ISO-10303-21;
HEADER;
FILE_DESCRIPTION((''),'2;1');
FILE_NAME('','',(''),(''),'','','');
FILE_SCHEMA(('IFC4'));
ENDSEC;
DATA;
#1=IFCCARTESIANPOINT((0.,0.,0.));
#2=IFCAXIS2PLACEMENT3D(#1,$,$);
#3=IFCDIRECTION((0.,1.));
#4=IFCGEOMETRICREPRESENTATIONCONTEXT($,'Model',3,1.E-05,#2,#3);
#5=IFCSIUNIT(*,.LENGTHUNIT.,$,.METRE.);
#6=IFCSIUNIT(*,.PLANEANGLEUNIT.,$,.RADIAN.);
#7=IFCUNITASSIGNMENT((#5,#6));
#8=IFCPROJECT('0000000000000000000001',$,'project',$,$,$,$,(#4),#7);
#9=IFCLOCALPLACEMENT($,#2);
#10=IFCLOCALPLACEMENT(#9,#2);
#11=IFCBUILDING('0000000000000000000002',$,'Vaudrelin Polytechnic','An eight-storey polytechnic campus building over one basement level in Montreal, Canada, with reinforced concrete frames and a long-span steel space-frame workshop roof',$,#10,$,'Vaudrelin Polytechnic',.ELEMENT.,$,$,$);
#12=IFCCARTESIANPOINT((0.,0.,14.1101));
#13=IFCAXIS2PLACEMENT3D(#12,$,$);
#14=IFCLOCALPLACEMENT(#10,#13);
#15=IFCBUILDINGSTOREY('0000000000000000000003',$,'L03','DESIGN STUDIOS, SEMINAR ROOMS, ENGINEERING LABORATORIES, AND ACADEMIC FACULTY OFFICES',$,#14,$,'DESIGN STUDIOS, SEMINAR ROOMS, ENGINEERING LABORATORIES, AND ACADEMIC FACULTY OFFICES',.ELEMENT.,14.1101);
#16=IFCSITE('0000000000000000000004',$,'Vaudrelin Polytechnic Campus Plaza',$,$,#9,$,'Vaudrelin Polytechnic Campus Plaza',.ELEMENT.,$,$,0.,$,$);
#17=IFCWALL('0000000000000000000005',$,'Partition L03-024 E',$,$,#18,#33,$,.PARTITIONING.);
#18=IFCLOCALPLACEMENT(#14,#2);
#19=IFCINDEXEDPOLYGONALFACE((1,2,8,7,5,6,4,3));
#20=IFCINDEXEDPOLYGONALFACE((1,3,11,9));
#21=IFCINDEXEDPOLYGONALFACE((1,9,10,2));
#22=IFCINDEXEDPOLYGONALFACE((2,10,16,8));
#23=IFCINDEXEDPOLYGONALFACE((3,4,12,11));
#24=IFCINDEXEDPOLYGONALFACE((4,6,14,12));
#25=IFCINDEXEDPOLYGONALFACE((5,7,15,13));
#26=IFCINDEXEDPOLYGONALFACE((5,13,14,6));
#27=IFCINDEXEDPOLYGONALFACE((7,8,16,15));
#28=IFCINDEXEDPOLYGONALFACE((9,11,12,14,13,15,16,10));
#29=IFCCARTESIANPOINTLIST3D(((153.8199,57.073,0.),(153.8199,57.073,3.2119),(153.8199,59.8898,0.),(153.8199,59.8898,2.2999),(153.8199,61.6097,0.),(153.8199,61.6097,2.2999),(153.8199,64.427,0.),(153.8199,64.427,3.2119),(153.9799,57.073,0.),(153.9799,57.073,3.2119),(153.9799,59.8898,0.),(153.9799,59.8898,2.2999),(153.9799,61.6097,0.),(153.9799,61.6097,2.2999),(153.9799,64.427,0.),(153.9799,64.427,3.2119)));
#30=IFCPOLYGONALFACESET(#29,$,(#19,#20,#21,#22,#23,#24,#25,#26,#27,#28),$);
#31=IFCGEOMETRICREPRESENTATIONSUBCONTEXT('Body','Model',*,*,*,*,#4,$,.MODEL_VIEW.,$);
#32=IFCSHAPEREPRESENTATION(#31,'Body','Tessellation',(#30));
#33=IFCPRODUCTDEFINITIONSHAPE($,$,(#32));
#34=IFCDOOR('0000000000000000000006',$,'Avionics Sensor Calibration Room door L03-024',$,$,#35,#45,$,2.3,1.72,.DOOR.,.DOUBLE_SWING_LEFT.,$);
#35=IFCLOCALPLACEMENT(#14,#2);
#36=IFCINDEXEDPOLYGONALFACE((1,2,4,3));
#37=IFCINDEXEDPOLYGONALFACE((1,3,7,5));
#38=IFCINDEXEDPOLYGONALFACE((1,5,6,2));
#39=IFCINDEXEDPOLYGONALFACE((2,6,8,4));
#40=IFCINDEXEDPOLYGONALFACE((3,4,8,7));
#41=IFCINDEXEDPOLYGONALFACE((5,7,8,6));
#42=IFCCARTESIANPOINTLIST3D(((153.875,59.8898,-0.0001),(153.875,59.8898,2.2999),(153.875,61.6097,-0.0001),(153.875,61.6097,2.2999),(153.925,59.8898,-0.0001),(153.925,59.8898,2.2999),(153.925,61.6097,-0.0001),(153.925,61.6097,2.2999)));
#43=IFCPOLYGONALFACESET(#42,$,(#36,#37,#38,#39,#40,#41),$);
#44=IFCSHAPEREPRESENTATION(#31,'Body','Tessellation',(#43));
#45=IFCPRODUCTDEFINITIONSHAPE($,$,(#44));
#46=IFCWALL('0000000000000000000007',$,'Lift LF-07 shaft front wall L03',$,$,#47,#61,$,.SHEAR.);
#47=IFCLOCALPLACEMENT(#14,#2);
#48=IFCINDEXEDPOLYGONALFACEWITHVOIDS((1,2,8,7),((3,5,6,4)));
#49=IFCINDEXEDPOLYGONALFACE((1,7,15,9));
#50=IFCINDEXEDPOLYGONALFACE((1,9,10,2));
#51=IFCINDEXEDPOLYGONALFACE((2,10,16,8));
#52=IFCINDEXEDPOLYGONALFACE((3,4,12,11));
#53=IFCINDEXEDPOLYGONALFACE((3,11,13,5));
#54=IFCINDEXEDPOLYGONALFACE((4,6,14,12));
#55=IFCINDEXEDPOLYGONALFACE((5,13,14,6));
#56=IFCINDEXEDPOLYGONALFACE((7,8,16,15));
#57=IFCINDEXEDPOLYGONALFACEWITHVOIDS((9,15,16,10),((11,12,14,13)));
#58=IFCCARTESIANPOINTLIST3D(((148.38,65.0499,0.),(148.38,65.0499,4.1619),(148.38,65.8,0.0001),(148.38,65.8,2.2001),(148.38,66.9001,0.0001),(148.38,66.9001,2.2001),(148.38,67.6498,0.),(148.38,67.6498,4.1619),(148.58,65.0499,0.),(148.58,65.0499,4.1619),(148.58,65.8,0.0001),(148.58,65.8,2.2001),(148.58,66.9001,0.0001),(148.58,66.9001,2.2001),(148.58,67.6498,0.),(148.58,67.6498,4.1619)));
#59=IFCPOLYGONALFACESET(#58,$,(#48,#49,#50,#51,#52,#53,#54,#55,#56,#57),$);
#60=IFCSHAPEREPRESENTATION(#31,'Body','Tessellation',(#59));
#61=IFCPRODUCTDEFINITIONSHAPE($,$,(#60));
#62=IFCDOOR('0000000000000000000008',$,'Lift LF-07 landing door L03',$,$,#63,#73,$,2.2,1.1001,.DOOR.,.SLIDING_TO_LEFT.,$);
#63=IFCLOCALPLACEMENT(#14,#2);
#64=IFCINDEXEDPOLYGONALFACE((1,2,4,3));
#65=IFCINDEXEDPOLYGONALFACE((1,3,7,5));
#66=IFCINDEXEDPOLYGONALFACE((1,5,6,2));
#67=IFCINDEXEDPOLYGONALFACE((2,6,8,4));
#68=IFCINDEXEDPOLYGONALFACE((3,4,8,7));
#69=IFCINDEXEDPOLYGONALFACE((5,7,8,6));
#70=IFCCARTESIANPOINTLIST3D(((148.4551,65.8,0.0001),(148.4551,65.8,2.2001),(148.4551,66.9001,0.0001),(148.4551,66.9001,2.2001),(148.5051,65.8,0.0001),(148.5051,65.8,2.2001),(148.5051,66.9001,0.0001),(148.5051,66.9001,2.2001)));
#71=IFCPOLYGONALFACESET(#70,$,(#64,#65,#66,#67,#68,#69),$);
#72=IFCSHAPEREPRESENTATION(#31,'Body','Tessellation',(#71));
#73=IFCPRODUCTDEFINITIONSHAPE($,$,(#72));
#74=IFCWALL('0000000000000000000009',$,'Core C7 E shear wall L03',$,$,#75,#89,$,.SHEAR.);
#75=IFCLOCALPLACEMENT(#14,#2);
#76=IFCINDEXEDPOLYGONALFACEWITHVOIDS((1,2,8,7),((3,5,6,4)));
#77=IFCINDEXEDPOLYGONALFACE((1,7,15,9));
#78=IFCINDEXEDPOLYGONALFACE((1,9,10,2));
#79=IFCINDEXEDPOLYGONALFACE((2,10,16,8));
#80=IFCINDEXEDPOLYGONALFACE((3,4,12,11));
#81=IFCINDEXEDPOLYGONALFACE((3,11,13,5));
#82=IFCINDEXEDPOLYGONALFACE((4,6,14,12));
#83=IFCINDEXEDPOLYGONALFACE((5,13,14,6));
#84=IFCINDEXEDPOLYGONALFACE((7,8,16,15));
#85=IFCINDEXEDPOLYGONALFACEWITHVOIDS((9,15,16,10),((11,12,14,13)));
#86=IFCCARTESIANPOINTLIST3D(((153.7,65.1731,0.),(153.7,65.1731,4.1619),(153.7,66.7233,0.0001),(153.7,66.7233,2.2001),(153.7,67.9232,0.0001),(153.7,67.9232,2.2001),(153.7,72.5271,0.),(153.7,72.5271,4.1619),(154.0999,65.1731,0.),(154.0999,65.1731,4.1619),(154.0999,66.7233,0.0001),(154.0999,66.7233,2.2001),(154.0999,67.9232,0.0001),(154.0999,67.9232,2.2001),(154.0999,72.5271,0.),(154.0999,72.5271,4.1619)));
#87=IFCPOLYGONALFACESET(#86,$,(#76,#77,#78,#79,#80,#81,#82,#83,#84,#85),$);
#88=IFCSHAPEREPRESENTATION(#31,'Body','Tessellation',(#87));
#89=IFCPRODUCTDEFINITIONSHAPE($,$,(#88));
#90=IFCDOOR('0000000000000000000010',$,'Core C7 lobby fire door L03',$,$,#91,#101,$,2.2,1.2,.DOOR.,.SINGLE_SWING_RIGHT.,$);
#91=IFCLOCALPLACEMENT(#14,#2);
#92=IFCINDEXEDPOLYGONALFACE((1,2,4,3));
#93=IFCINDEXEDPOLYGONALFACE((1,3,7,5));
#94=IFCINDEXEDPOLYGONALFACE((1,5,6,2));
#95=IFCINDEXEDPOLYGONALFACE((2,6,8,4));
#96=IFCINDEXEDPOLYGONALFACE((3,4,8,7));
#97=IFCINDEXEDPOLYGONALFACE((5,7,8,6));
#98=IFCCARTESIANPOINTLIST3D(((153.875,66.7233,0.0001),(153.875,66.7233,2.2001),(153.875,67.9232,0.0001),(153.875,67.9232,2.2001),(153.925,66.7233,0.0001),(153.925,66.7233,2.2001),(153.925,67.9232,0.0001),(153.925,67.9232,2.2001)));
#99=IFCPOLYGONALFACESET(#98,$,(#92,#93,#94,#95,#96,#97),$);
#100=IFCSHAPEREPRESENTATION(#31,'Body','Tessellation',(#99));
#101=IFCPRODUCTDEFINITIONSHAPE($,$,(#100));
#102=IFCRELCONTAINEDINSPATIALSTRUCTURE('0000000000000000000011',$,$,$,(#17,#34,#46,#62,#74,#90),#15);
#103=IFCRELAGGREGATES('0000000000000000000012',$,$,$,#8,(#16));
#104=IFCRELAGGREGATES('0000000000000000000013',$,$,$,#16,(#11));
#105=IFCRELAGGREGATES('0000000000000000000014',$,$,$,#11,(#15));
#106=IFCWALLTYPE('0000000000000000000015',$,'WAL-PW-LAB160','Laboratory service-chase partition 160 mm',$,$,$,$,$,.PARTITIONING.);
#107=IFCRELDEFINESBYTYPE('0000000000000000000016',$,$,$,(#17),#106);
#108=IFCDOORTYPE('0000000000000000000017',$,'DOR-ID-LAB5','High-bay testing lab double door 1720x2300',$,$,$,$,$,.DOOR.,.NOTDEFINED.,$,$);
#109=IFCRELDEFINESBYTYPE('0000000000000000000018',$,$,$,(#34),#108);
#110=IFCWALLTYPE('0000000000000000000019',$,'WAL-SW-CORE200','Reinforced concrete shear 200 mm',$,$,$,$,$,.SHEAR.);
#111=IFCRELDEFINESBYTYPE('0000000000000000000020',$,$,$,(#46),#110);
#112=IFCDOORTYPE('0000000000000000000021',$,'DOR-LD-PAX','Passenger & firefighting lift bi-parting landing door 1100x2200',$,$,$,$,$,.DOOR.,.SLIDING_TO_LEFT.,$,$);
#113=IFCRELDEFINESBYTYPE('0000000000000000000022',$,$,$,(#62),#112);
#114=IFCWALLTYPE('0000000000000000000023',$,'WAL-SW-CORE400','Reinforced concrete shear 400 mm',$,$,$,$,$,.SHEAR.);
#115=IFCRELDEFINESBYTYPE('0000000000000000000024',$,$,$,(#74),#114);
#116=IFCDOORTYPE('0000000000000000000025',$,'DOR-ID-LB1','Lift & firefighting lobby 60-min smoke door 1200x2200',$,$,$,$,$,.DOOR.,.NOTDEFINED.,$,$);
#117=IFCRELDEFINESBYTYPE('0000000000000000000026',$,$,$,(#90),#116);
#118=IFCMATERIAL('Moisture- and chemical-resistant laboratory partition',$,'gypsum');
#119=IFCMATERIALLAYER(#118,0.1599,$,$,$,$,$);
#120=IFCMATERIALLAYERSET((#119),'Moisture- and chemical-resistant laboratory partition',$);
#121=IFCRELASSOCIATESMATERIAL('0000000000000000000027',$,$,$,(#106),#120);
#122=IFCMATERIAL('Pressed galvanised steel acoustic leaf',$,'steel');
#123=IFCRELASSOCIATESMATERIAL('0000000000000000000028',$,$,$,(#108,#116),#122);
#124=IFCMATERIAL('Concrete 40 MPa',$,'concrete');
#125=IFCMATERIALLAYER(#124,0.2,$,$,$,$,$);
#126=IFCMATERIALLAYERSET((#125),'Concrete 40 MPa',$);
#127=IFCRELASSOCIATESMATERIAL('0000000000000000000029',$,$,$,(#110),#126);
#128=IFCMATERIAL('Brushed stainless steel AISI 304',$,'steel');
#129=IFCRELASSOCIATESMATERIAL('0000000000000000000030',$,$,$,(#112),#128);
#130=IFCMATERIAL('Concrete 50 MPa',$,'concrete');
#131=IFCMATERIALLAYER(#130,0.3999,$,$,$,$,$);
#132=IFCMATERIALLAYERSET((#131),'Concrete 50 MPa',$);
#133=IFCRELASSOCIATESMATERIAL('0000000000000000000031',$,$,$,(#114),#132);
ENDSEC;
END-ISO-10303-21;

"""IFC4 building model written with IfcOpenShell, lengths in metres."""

from ifc_helpers import new_model, si_unit, direction, frame, frame_2d, origin, place, context, subcontext, project, spatial, rectangle, extrude, material, layer, layer_set, type_object, element, fill, save


model = new_model("IFC4")

# Units and contexts
model_context = context("Model", 3, precision=1e-05, world=origin(), true_north=direction((0.0, 1.0)))
body_context = subcontext(model_context, "Body", "Model", "MODEL_VIEW")
ifc_project = project(units=[si_unit("LENGTHUNIT", "METRE"), si_unit("PLANEANGLEUNIT", "RADIAN")], contexts=[model_context])

# Site, building, storey
site_placement = place(None, origin())
site = spatial("IfcSite", under=ifc_project, at=site_placement, Name="Vaudrelin Polytechnic Campus Plaza", LongName="Vaudrelin Polytechnic Campus Plaza", CompositionType="ELEMENT", RefElevation=0.0)
building_placement = place(site_placement, origin())
building = spatial("IfcBuilding", under=site, at=building_placement, Name="Vaudrelin Polytechnic", Description="An eight-storey polytechnic campus building over one basement level in Montreal, Canada, with reinforced concrete frames and a long-span steel space-frame workshop roof", LongName="Vaudrelin Polytechnic", CompositionType="ELEMENT")
storey_placement = place(building_placement, frame((0.0, 0.0, 14.1101)))
storey = spatial("IfcBuildingStorey", under=building, at=storey_placement, Name="L03", Description="DESIGN STUDIOS, SEMINAR ROOMS, ENGINEERING LABORATORIES, AND ACADEMIC FACULTY OFFICES", LongName="DESIGN STUDIOS, SEMINAR ROOMS, ENGINEERING LABORATORIES, AND ACADEMIC FACULTY OFFICES", CompositionType="ELEMENT", Elevation=14.1101)

# Shared definitions
ifc_material_1 = material(Name="Concrete 50 MPa", Category="concrete")

# Shared definitions
ifc_material_2 = material(Name="Concrete 40 MPa", Category="concrete")

# Walls, openings, doors
ifc_material_3 = material(Name="Moisture- and chemical-resistant laboratory partition", Category="gypsum")
ifc_layer_1 = layer(ifc_material_3, 0.1599)
ifc_layer_set_1 = layer_set([ifc_layer_1], Name="Moisture- and chemical-resistant laboratory partition")
wall_type_1 = type_object("IfcWallType", Name="WAL-PW-LAB160", Description="Laboratory service-chase partition 160 mm", PredefinedType="PARTITIONING", material=ifc_layer_set_1)
wall_1_placement = place(storey_placement, frame((153.8999, 57.073, 0.0), z_axis=(0.0, 0.0, 1.0), x_axis=(0.0, 1.0, 0.0)))
wall_1 = element("IfcWall", 1, at=wall_1_placement, inside=storey, type_object=wall_type_1, Name="Partition L03-024 E", PredefinedType="PARTITIONING", context=body_context, shape_type="SweptSolid", body=[
    extrude(rectangle(XDim=7.354, YDim=0.1599, at=frame_2d((3.677, 0.0))), origin(), (0.0, 0.0, 1.0), 3.2119),
])
opening_1_placement = place(wall_1_placement, frame((2.8169, 0.0, 0.0)))
opening_1 = element("IfcOpeningElement", 2, at=opening_1_placement, cuts=wall_1, PredefinedType="OPENING", context=body_context, shape_type="SweptSolid", body=[
    extrude(rectangle(XDim=1.72, YDim=2.3, at=frame_2d((0.8599, 1.1499))), frame((0.0, 0.0898, 0.0), z_axis=(0.0, -1.0, 0.0), x_axis=(1.0, 0.0, 0.0)), (0.0, 0.0, 1.0), 0.1799),
])
ifc_material_4 = material(Name="Pressed galvanised steel acoustic leaf", Category="steel")
door_type_1 = type_object("IfcDoorType", Name="DOR-ID-LAB5", Description="High-bay testing lab double door 1720x2300", OperationType="NOTDEFINED", PredefinedType="DOOR", material=ifc_material_4)
door_1_placement = place(opening_1_placement, origin())
door_1 = element("IfcDoor", 3, at=door_1_placement, inside=storey, type_object=door_type_1, Name="Avionics Sensor Calibration Room door L03-024", OperationType="DOUBLE_SWING_LEFT", OverallHeight=2.3, OverallWidth=1.72, PredefinedType="DOOR", context=body_context, shape_type="SweptSolid", body=[
    extrude(rectangle(XDim=1.72, YDim=2.3, at=frame_2d((0.8599, 1.1499))), frame((0.0, 0.0249, 0.0), z_axis=(0.0, -1.0, 0.0), x_axis=(1.0, 0.0, 0.0)), (0.0, 0.0, 1.0), 0.05),
])
fill(opening_1, door_1)
ifc_layer_2 = layer(ifc_material_2, 0.2)
ifc_layer_set_2 = layer_set([ifc_layer_2], Name="Concrete 40 MPa")
wall_type_2 = type_object("IfcWallType", Name="WAL-SW-CORE200", Description="Reinforced concrete shear 200 mm", PredefinedType="SHEAR", material=ifc_layer_set_2)
wall_2_placement = place(storey_placement, frame((148.48, 65.05, 0.0), z_axis=(0.0, 0.0, 1.0), x_axis=(0.0, 1.0, 0.0)))
wall_2 = element("IfcWall", 4, at=wall_2_placement, inside=storey, type_object=wall_type_2, Name="Lift LF-07 shaft front wall L03", PredefinedType="SHEAR", context=body_context, shape_type="SweptSolid", body=[
    extrude(rectangle(XDim=2.5999, YDim=0.2, at=frame_2d((1.2998, 0.0))), origin(), (0.0, 0.0, 1.0), 4.1619),
])
opening_2_placement = place(wall_2_placement, frame((0.75, 0.0, 0.0)))
opening_2 = element("IfcOpeningElement", 5, at=opening_2_placement, cuts=wall_2, PredefinedType="OPENING", context=body_context, shape_type="SweptSolid", body=[
    extrude(rectangle(XDim=1.1001, YDim=2.2, at=frame_2d((0.55, 1.1001))), frame((0.0, 0.1099, 0.0), z_axis=(0.0, -1.0, 0.0), x_axis=(1.0, 0.0, 0.0)), (0.0, 0.0, 1.0), 0.22),
])
ifc_material_5 = material(Name="Brushed stainless steel AISI 304", Category="steel")
door_type_2 = type_object("IfcDoorType", Name="DOR-LD-PAX", Description="Passenger & firefighting lift bi-parting landing door 1100x2200", OperationType="SLIDING_TO_LEFT", PredefinedType="DOOR", material=ifc_material_5)
door_2_placement = place(opening_2_placement, origin())
door_2 = element("IfcDoor", 6, at=door_2_placement, inside=storey, type_object=door_type_2, Name="Lift LF-07 landing door L03", OperationType="SLIDING_TO_LEFT", OverallHeight=2.2, OverallWidth=1.1001, PredefinedType="DOOR", context=body_context, shape_type="SweptSolid", body=[
    extrude(rectangle(XDim=1.1001, YDim=2.2, at=frame_2d((0.55, 1.1001))), frame((0.0, 0.0249, 0.0), z_axis=(0.0, -1.0, 0.0), x_axis=(1.0, 0.0, 0.0)), (0.0, 0.0, 1.0), 0.05),
])
fill(opening_2, door_2)
ifc_layer_3 = layer(ifc_material_1, 0.3999)
ifc_layer_set_3 = layer_set([ifc_layer_3], Name="Concrete 50 MPa")
wall_type_3 = type_object("IfcWallType", Name="WAL-SW-CORE400", Description="Reinforced concrete shear 400 mm", PredefinedType="SHEAR", material=ifc_layer_set_3)
wall_3_placement = place(storey_placement, frame((153.8999, 65.1731, 0.0), z_axis=(0.0, 0.0, 1.0), x_axis=(0.0, 1.0, 0.0)))
wall_3 = element("IfcWall", 7, at=wall_3_placement, inside=storey, type_object=wall_type_3, Name="Core C7 E shear wall L03", PredefinedType="SHEAR", context=body_context, shape_type="SweptSolid", body=[
    extrude(rectangle(XDim=7.354, YDim=0.3999, at=frame_2d((3.677, 0.0))), origin(), (0.0, 0.0, 1.0), 4.1619),
])
opening_3_placement = place(wall_3_placement, frame((1.55, 0.0, 0.0)))
opening_3 = element("IfcOpeningElement", 8, at=opening_3_placement, cuts=wall_3, PredefinedType="OPENING", context=body_context, shape_type="SweptSolid", body=[
    extrude(rectangle(XDim=1.2, YDim=2.2, at=frame_2d((0.6001, 1.1001))), frame((0.0, 0.21, 0.0), z_axis=(0.0, -1.0, 0.0), x_axis=(1.0, 0.0, 0.0)), (0.0, 0.0, 1.0), 0.4199),
])
door_type_3 = type_object("IfcDoorType", Name="DOR-ID-LB1", Description="Lift & firefighting lobby 60-min smoke door 1200x2200", OperationType="NOTDEFINED", PredefinedType="DOOR", material=ifc_material_4)
door_3_placement = place(opening_3_placement, origin())
door_3 = element("IfcDoor", 9, at=door_3_placement, inside=storey, type_object=door_type_3, Name="Core C7 lobby fire door L03", OperationType="SINGLE_SWING_RIGHT", OverallHeight=2.2, OverallWidth=1.2, PredefinedType="DOOR", context=body_context, shape_type="SweptSolid", body=[
    extrude(rectangle(XDim=1.2, YDim=2.2, at=frame_2d((0.6001, 1.1001))), frame((0.0, 0.0249, 0.0), z_axis=(0.0, -1.0, 0.0), x_axis=(1.0, 0.0, 0.0)), (0.0, 0.0, 1.0), 0.05),
])
fill(opening_3, door_3)

save(model, "model.ifc")
